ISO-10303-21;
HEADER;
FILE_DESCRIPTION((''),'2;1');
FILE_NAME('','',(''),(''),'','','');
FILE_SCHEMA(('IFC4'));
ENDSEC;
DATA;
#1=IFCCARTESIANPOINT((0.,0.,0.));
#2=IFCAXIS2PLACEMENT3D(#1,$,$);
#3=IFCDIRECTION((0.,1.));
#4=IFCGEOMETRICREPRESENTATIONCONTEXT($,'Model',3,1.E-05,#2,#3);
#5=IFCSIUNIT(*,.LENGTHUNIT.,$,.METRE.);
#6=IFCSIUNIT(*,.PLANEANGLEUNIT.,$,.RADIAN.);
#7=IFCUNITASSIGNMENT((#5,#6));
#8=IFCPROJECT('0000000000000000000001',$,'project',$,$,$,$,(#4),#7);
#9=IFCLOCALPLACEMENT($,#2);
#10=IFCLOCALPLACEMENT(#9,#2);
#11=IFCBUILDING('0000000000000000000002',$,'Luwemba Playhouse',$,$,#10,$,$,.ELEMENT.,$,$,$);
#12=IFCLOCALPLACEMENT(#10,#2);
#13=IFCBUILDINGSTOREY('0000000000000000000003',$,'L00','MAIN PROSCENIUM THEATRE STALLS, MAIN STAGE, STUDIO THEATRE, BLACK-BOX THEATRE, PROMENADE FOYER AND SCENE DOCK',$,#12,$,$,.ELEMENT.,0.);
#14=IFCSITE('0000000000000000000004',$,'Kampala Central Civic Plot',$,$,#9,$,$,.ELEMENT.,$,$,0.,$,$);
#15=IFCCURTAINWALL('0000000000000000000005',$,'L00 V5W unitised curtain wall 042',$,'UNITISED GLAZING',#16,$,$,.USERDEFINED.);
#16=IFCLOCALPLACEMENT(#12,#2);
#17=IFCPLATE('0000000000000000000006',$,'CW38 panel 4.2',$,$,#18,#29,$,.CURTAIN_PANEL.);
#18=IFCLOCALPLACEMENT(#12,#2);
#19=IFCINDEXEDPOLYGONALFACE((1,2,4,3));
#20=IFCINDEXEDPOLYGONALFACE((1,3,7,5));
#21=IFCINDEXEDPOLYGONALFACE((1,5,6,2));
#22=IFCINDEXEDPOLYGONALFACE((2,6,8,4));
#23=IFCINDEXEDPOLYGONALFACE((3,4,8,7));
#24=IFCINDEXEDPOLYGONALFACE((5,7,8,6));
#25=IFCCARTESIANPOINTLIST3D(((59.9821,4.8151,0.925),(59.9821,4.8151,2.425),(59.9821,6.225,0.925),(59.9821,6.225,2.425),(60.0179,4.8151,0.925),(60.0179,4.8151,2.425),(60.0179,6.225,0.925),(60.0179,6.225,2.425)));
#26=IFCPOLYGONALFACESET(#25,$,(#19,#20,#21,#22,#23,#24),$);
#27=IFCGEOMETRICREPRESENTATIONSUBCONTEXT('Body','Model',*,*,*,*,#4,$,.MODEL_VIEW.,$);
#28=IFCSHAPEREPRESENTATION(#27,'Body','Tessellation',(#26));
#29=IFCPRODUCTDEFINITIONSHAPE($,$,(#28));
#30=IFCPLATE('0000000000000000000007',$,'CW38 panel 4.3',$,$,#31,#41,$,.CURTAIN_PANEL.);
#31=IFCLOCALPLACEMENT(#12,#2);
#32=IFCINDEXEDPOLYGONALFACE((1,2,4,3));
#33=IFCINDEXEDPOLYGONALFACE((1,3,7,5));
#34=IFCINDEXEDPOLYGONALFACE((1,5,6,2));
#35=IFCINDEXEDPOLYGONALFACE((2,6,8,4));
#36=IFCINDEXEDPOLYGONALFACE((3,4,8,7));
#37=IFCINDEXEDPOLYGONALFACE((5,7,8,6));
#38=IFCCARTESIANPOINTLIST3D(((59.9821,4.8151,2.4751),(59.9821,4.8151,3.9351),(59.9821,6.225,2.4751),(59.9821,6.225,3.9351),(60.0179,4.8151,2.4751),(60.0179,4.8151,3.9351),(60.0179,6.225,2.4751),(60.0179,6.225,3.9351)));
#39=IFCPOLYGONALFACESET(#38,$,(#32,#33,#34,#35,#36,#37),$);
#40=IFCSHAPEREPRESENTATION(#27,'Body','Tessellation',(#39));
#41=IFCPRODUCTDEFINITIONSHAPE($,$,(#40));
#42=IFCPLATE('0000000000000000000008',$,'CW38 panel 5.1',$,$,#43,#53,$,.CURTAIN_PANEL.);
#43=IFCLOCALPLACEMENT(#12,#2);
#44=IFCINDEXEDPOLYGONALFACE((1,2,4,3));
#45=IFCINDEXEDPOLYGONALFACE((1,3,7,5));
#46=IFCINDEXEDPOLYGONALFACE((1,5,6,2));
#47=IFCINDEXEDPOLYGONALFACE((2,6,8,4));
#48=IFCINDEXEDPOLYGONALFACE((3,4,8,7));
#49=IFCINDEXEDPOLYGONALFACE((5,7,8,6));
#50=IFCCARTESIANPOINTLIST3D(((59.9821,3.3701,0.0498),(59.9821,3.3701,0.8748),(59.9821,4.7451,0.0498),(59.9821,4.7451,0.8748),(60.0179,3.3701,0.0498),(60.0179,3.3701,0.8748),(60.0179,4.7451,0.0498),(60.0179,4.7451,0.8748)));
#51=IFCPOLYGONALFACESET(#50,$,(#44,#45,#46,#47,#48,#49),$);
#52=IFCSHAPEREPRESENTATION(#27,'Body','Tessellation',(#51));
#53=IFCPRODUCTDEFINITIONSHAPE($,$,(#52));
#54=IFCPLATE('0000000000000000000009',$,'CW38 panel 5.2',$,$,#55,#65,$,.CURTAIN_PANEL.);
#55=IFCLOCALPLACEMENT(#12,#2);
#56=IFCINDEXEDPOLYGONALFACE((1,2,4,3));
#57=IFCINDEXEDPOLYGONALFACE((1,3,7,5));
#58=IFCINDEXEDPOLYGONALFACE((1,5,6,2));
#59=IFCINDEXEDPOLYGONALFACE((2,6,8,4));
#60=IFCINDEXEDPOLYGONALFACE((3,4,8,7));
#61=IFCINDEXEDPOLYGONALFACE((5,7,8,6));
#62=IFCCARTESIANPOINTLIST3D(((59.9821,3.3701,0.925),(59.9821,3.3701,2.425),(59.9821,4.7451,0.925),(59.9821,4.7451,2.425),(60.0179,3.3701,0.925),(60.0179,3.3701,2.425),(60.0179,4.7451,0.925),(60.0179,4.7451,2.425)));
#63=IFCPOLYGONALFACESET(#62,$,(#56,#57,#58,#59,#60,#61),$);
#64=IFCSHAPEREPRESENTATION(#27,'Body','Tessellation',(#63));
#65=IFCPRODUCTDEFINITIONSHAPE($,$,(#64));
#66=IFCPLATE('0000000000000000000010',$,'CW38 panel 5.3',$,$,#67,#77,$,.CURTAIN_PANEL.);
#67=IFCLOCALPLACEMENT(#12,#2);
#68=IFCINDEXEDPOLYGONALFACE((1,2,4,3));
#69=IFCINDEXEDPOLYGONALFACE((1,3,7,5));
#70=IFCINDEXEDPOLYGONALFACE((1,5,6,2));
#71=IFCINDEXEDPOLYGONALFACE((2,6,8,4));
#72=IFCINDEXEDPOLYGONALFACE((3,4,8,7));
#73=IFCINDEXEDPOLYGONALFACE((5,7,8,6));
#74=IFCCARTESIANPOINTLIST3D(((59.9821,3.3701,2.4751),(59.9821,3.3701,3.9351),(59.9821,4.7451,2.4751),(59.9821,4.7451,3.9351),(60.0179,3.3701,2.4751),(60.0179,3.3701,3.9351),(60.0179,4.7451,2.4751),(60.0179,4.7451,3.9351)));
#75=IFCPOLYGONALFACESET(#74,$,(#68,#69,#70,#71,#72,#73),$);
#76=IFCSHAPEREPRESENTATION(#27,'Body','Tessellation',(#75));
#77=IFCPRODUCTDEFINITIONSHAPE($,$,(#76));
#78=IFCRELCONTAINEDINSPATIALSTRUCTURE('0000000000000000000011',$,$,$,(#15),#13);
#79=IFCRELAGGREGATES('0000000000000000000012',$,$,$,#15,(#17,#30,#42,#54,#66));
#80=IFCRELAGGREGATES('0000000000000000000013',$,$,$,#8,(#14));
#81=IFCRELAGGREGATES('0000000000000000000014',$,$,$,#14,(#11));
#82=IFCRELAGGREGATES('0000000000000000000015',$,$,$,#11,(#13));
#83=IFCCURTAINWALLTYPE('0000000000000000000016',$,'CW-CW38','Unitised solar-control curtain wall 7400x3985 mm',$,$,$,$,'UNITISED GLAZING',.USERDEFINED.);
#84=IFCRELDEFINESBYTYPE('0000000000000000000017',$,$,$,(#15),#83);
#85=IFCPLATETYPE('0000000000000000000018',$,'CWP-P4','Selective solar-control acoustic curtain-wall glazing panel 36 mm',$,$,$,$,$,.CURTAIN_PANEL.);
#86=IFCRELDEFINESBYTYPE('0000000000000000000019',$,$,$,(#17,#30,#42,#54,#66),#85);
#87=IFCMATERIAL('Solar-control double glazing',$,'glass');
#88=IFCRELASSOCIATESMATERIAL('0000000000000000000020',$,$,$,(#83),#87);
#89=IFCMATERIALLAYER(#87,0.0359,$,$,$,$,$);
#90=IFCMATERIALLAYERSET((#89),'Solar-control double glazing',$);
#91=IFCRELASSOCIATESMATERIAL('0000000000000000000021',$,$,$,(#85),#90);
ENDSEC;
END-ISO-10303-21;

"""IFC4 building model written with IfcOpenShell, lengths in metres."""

from ifc_helpers import new_model, si_unit, direction, frame, origin, origin_2d, place, context, subcontext, project, spatial, rectangle, extrude, material, layer, layer_set, type_object, element, aggregate, save


model = new_model("IFC4")

# Units and contexts
model_context = context("Model", 3, precision=1e-05, world=origin(), true_north=direction((0.0, 1.0)))
body_context = subcontext(model_context, "Body", "Model", "MODEL_VIEW")
ifc_project = project(units=[si_unit("LENGTHUNIT", "METRE"), si_unit("PLANEANGLEUNIT", "RADIAN")], contexts=[model_context])

# Site, building, storey
site_placement = place(None, origin())
site = spatial("IfcSite", under=ifc_project, at=site_placement, Name="Kampala Central Civic Plot", CompositionType="ELEMENT", RefElevation=0.0)
building_placement = place(site_placement, origin())
building = spatial("IfcBuilding", under=site, at=building_placement, Name="Luwemba Playhouse", CompositionType="ELEMENT")
storey_placement = place(building_placement, origin())
storey = spatial("IfcBuildingStorey", under=building, at=storey_placement, Name="L00", Description="MAIN PROSCENIUM THEATRE STALLS, MAIN STAGE, STUDIO THEATRE, BLACK-BOX THEATRE, PROMENADE FOYER AND SCENE DOCK", CompositionType="ELEMENT", Elevation=0.0)

# Shared definitions
ifc_material_1 = material(Name="Solar-control double glazing", Category="glass")

# Curtain wall
curtain_wall_type_1 = type_object("IfcCurtainWallType", Name="CW-CW38", Description="Unitised solar-control curtain wall 7400x3985 mm", ElementType="UNITISED GLAZING", PredefinedType="USERDEFINED", material=ifc_material_1)
curtain_wall_1_placement = place(storey_placement, origin())
curtain_wall_1 = element("IfcCurtainWall", 1, at=curtain_wall_1_placement, inside=storey, type_object=curtain_wall_type_1, Name="L00 V5W unitised curtain wall 042", ObjectType="UNITISED GLAZING", PredefinedType="USERDEFINED")

# Plates
ifc_layer = layer(ifc_material_1, 0.0359)
ifc_layer_set = layer_set([ifc_layer], Name="Solar-control double glazing")
plate_type = type_object("IfcPlateType", Name="CWP-P4", Description="Selective solar-control acoustic curtain-wall glazing panel 36 mm", PredefinedType="CURTAIN_PANEL", material=ifc_layer_set)
plate_1_placement = place(storey_placement, frame((60.0, 5.52, 0.925), z_axis=(0.0, 0.0, 1.0), x_axis=(0.0, -1.0, 0.0)))
plate_1 = element("IfcPlate", 2, at=plate_1_placement, type_object=plate_type, Name="CW38 panel 4.2", PredefinedType="CURTAIN_PANEL", context=body_context, shape_type="SweptSolid", body=[
    extrude(rectangle(XDim=1.4099, YDim=0.0359, at=origin_2d()), origin(), (0.0, 0.0, 1.0), 1.5),
])
plate_2_placement = place(storey_placement, frame((60.0, 5.52, 2.4751), z_axis=(0.0, 0.0, 1.0), x_axis=(0.0, -1.0, 0.0)))
plate_2 = element("IfcPlate", 3, at=plate_2_placement, type_object=plate_type, Name="CW38 panel 4.3", PredefinedType="CURTAIN_PANEL", context=body_context, shape_type="SweptSolid", body=[
    extrude(rectangle(XDim=1.4099, YDim=0.0359, at=origin_2d()), origin(), (0.0, 0.0, 1.0), 1.46),
])
plate_3_placement = place(storey_placement, frame((60.0, 4.0576, 0.0498), z_axis=(0.0, 0.0, 1.0), x_axis=(0.0, -1.0, 0.0)))
plate_3 = element("IfcPlate", 4, at=plate_3_placement, type_object=plate_type, Name="CW38 panel 5.1", PredefinedType="CURTAIN_PANEL", context=body_context, shape_type="SweptSolid", body=[
    extrude(rectangle(XDim=1.375, YDim=0.0359, at=origin_2d()), origin(), (0.0, 0.0, 1.0), 0.825),
])
plate_4_placement = place(storey_placement, frame((60.0, 4.0576, 0.925), z_axis=(0.0, 0.0, 1.0), x_axis=(0.0, -1.0, 0.0)))
plate_4 = element("IfcPlate", 5, at=plate_4_placement, type_object=plate_type, Name="CW38 panel 5.2", PredefinedType="CURTAIN_PANEL", context=body_context, shape_type="SweptSolid", body=[
    extrude(rectangle(XDim=1.375, YDim=0.0359, at=origin_2d()), origin(), (0.0, 0.0, 1.0), 1.5),
])
plate_5_placement = place(storey_placement, frame((60.0, 4.0576, 2.4751), z_axis=(0.0, 0.0, 1.0), x_axis=(0.0, -1.0, 0.0)))
plate_5 = element("IfcPlate", 6, at=plate_5_placement, type_object=plate_type, Name="CW38 panel 5.3", PredefinedType="CURTAIN_PANEL", context=body_context, shape_type="SweptSolid", body=[
    extrude(rectangle(XDim=1.375, YDim=0.0359, at=origin_2d()), origin(), (0.0, 0.0, 1.0), 1.46),
])
aggregate(curtain_wall_1, [plate_1, plate_2, plate_3, plate_4, plate_5])

save(model, "model.ifc")
